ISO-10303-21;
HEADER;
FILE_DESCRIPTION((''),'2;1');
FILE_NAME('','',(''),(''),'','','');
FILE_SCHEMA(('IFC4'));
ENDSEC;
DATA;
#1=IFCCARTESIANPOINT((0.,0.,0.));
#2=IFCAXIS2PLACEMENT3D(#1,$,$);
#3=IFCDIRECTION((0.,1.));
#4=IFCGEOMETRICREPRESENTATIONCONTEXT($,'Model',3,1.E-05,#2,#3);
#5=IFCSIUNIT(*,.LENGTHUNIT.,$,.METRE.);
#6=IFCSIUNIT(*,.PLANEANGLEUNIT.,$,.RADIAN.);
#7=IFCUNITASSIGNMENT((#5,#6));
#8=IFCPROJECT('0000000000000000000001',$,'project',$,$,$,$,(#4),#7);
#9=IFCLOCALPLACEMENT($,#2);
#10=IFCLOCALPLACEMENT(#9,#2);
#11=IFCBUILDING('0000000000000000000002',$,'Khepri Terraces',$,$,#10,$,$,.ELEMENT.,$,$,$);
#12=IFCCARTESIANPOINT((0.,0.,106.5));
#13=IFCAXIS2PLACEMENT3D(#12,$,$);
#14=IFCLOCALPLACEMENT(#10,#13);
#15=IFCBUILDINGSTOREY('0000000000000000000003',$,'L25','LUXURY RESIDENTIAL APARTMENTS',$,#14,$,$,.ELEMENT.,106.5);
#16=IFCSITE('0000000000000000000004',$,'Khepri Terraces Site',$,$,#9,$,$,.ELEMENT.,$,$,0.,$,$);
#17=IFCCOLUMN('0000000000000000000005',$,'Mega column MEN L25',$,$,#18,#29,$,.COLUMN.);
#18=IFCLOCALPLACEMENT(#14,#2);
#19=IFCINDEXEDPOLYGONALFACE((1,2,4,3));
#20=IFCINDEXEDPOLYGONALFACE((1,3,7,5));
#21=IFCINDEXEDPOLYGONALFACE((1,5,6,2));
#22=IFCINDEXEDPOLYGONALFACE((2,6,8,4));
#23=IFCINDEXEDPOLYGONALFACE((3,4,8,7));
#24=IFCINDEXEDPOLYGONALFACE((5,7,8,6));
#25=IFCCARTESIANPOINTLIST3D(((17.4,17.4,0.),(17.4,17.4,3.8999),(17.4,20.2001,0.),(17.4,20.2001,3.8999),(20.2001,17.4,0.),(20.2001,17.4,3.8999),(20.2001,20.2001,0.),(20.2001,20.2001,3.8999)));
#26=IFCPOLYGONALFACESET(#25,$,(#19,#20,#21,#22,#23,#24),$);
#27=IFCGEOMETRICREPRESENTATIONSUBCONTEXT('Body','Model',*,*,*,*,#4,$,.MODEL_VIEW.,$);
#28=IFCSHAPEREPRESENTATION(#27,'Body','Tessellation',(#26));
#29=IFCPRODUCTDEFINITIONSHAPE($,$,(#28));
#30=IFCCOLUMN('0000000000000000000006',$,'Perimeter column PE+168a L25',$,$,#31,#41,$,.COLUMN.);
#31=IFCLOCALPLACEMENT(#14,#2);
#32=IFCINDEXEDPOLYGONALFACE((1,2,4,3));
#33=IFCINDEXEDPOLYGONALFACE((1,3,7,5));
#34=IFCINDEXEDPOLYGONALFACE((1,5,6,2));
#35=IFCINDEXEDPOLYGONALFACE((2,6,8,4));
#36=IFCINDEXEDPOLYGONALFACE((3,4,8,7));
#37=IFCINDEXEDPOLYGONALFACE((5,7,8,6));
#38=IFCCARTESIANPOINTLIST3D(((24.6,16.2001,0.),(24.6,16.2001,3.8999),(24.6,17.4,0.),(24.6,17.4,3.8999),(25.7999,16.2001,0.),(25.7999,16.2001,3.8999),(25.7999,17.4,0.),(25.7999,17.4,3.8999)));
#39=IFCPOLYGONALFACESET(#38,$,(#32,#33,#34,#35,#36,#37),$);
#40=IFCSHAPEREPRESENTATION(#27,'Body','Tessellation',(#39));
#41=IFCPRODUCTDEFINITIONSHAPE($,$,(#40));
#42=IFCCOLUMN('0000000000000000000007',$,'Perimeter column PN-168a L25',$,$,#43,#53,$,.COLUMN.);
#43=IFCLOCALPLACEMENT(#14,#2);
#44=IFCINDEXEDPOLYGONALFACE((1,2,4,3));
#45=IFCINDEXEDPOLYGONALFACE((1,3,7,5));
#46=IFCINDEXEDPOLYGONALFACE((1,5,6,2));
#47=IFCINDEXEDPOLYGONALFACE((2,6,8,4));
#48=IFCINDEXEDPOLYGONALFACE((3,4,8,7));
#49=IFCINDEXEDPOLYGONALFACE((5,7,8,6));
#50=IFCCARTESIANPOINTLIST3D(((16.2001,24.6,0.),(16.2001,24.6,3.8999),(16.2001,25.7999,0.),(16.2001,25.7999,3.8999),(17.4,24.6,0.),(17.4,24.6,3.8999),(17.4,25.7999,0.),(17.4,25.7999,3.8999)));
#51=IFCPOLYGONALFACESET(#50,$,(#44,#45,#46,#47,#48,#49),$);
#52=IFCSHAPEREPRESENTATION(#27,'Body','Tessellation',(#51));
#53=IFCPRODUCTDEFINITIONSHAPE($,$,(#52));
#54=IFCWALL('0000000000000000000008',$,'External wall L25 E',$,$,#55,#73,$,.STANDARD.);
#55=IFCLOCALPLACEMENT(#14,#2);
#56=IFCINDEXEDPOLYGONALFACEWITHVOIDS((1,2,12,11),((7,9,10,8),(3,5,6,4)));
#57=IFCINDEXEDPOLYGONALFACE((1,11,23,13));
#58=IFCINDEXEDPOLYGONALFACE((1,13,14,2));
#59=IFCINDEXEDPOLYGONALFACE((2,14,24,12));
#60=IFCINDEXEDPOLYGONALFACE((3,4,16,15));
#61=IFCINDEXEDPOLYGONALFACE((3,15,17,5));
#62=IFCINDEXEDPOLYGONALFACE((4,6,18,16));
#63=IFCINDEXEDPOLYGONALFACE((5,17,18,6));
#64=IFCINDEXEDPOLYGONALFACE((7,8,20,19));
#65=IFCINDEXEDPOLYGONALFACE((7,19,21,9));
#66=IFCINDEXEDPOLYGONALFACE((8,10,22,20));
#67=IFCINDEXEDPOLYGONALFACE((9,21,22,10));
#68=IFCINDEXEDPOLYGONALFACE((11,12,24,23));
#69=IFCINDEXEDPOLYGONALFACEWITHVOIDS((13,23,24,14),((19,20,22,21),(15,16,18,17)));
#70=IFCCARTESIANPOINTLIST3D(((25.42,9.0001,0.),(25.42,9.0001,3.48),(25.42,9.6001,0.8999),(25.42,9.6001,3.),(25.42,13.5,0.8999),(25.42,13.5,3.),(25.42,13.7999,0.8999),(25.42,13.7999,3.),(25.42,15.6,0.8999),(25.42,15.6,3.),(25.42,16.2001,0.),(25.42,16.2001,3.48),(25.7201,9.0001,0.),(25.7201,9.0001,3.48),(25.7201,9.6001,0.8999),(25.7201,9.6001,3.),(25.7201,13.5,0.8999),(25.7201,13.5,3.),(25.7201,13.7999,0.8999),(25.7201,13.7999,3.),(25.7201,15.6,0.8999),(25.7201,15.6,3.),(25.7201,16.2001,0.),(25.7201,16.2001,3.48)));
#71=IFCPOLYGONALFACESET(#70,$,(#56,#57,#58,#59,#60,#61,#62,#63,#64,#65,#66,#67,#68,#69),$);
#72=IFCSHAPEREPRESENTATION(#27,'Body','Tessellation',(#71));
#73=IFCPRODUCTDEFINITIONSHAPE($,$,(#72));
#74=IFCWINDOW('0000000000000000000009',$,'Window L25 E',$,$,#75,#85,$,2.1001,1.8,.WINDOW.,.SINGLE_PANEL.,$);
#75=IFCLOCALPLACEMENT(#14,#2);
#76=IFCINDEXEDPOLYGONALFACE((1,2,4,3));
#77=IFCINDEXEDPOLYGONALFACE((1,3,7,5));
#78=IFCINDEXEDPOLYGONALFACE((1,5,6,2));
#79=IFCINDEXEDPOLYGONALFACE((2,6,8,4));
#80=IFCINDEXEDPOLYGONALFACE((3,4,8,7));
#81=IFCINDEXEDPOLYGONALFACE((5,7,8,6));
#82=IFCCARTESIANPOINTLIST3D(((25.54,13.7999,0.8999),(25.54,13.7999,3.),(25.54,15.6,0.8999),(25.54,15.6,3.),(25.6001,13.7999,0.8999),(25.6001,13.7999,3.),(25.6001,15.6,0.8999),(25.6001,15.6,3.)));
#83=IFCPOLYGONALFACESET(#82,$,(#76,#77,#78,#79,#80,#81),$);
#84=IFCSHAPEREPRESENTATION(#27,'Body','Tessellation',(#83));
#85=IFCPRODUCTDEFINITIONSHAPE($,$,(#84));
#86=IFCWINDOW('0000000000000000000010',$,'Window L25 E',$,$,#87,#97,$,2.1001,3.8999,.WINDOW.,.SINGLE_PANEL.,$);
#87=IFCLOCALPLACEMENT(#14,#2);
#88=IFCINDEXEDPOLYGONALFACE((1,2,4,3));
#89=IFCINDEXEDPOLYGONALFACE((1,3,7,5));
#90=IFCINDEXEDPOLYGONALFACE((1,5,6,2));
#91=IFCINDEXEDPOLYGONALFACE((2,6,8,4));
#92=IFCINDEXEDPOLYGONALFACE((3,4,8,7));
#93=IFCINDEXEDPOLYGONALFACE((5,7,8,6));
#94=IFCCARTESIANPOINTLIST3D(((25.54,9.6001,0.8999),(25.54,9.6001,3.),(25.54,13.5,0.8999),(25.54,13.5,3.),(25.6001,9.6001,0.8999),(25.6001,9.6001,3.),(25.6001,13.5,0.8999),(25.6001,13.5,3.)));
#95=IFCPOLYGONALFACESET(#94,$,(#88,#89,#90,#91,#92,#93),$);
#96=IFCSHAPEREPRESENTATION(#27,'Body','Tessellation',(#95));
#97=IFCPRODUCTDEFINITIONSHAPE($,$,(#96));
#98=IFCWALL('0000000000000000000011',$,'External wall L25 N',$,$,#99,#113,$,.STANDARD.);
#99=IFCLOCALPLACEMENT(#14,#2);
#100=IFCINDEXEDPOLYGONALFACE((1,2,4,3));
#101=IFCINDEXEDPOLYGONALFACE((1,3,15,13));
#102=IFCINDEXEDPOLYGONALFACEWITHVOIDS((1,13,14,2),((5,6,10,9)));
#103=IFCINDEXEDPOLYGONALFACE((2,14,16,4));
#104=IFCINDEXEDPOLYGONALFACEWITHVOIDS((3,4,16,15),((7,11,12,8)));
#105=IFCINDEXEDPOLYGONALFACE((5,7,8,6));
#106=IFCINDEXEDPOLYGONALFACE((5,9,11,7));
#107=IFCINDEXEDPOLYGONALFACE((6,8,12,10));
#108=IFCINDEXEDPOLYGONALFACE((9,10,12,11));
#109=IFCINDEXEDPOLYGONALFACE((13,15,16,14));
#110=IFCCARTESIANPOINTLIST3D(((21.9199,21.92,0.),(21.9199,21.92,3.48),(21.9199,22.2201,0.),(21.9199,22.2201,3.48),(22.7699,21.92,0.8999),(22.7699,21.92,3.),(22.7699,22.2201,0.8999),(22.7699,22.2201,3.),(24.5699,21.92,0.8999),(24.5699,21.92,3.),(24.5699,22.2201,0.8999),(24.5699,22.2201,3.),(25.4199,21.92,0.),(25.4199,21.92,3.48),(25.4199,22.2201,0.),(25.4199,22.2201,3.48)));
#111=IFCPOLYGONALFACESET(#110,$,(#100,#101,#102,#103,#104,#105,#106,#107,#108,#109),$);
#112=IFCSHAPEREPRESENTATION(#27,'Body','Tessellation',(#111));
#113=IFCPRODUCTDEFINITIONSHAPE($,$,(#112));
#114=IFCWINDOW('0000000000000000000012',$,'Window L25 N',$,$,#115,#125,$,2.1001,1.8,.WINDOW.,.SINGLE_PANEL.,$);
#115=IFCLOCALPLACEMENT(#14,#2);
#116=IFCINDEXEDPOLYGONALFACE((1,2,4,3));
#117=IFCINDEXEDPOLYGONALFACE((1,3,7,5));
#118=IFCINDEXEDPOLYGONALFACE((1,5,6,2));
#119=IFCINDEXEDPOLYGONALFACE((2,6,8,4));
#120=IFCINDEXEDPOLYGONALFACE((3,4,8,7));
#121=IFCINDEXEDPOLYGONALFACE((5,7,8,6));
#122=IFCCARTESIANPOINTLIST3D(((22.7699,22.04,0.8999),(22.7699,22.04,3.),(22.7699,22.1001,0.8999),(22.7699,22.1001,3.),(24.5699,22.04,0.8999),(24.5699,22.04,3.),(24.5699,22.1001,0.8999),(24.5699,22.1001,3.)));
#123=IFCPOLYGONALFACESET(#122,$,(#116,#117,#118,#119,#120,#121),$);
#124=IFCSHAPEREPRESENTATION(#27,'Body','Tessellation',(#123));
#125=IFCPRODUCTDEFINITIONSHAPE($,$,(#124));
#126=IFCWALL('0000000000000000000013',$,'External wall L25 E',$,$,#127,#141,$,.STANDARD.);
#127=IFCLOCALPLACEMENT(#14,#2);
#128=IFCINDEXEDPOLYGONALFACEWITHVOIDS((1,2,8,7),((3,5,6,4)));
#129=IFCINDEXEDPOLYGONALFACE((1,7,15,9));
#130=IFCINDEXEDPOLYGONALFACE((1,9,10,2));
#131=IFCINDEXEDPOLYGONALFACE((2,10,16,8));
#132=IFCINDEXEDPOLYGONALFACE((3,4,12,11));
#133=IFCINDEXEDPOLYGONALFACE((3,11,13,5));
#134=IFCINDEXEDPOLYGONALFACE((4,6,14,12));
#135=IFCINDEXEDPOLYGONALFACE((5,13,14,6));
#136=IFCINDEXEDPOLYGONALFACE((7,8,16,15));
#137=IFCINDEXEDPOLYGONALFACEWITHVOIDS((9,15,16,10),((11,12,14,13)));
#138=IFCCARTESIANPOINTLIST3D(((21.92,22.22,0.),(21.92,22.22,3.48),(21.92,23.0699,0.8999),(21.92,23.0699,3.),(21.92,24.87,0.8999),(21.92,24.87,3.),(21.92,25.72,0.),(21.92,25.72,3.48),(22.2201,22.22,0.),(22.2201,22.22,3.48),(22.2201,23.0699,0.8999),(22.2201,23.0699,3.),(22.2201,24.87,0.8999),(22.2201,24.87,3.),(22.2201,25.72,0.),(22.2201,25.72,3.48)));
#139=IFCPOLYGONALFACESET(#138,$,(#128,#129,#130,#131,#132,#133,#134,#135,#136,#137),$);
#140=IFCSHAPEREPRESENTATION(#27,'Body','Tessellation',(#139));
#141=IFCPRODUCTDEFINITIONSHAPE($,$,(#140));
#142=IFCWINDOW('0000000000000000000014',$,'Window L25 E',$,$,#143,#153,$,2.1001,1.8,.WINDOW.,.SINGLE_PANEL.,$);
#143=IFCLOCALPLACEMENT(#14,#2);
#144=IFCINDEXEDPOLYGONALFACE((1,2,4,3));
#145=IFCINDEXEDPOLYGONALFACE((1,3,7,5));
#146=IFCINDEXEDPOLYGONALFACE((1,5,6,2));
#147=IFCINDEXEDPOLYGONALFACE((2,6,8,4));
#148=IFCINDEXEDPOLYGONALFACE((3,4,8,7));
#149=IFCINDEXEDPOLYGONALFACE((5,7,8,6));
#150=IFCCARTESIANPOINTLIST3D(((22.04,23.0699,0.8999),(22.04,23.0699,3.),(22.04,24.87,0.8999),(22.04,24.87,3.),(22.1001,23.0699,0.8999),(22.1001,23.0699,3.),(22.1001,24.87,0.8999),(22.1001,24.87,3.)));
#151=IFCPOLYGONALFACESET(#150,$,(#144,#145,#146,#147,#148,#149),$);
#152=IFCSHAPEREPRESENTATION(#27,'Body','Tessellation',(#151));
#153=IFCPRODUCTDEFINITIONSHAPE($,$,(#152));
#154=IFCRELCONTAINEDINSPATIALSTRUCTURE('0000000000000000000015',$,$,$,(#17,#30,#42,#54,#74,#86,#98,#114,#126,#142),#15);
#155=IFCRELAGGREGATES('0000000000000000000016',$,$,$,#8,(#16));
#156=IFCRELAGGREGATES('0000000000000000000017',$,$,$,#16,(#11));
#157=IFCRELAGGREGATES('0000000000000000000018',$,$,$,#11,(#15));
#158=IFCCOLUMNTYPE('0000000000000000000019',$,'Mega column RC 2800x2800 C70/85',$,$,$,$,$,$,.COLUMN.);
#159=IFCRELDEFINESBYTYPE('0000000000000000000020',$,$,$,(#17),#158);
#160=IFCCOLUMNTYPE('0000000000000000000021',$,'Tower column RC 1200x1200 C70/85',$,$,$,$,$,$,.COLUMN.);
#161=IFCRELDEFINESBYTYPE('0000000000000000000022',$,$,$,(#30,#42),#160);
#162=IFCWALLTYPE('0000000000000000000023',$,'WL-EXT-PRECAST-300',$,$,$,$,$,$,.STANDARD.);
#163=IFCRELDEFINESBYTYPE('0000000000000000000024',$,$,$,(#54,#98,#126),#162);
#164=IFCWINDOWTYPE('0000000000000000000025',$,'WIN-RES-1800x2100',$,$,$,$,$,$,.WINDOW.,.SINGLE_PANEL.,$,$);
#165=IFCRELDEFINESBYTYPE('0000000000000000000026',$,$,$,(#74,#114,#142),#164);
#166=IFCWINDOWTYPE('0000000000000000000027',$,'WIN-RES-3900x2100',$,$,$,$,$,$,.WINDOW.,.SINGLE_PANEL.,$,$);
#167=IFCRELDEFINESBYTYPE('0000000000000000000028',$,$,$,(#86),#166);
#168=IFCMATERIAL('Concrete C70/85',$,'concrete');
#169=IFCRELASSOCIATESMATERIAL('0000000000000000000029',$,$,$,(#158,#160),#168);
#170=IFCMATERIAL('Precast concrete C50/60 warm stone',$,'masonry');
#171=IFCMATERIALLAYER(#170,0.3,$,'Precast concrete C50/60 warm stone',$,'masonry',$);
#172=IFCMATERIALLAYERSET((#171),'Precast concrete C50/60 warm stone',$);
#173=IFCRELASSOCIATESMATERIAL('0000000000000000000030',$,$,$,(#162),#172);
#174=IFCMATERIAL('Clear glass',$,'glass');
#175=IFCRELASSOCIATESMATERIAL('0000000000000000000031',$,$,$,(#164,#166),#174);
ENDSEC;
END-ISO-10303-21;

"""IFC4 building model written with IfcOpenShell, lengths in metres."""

from ifc_helpers import new_model, si_unit, direction, frame, frame_2d, origin, origin_2d, place, context, subcontext, project, spatial, rectangle, extrude, material, layer, layer_set, material_profile, profile_set, type_object, element, fill, save


model = new_model("IFC4")

# Units and contexts
model_context = context("Model", 3, precision=1e-05, world=origin(), true_north=direction((0.0, 1.0)))
body_context = subcontext(model_context, "Body", "Model", "MODEL_VIEW")
ifc_project = project(units=[si_unit("LENGTHUNIT", "METRE"), si_unit("PLANEANGLEUNIT", "RADIAN")], contexts=[model_context])

# Site, building, storey
site_placement = place(None, origin())
site = spatial("IfcSite", under=ifc_project, at=site_placement, Name="Khepri Terraces Site", CompositionType="ELEMENT", RefElevation=0.0)
building_placement = place(site_placement, origin())
building = spatial("IfcBuilding", under=site, at=building_placement, Name="Khepri Terraces", CompositionType="ELEMENT")
storey_placement = place(building_placement, frame((0.0, 0.0, 106.5)))
storey = spatial("IfcBuildingStorey", under=building, at=storey_placement, Name="L25", Description="LUXURY RESIDENTIAL APARTMENTS", CompositionType="ELEMENT", Elevation=106.5)

# Columns
ifc_material_1 = material(Name="Concrete C70/85", Category="concrete")
ifc_material_profile_1 = material_profile(ifc_material_1, rectangle(XDim=2.8, YDim=2.8, at=origin_2d()), Name="Concrete C70/85", Category="concrete")
ifc_profile_set_1 = profile_set([ifc_material_profile_1], Name="Concrete C70/85")
column_type_1 = type_object("IfcColumnType", Name="Mega column RC 2800x2800 C70/85", PredefinedType="COLUMN", material=ifc_profile_set_1)
column_placement = place(storey_placement, frame((18.8, 18.8, 0.0), z_axis=(0.0, 0.0, 1.0), x_axis=(1.0, 0.0, 0.0)))
element("IfcColumn", 1, at=column_placement, inside=storey, type_object=column_type_1, Name="Mega column MEN L25", PredefinedType="COLUMN", context=body_context, shape_type="SweptSolid", body=[
    extrude(rectangle(XDim=2.8, YDim=2.8, at=origin_2d()), origin(), (0.0, 0.0, 1.0), 3.8999),
])
ifc_material_profile_2 = material_profile(ifc_material_1, rectangle(XDim=1.2, YDim=1.2, at=origin_2d()), Name="Concrete C70/85", Category="concrete")
ifc_profile_set_2 = profile_set([ifc_material_profile_2], Name="Concrete C70/85")
column_type_2 = type_object("IfcColumnType", Name="Tower column RC 1200x1200 C70/85", PredefinedType="COLUMN", material=ifc_profile_set_2)
for number, where, z_axis, x_axis, name in (
    (2, (25.2, 16.8, 0.0), (0.0, 0.0, 1.0), (1.0, 0.0, 0.0), "Perimeter column PE+168a L25"),
    (3, (16.8, 25.2, 0.0), (0.0, 0.0, 1.0), (1.0, 0.0, 0.0), "Perimeter column PN-168a L25"),
):
    element("IfcColumn", number, at=place(storey_placement, frame(where, z_axis=z_axis, x_axis=x_axis)), inside=storey, type_object=column_type_2, Name=name, PredefinedType="COLUMN", context=body_context, shape_type="SweptSolid", body=[
        extrude(rectangle(XDim=1.2, YDim=1.2, at=origin_2d()), origin(), (0.0, 0.0, 1.0), 3.8999),
    ])

# Wall, openings, windows
ifc_material_2 = material(Name="Precast concrete C50/60 warm stone", Category="masonry")
ifc_layer_1 = layer(ifc_material_2, 0.3, Name="Precast concrete C50/60 warm stone", Category="masonry")
ifc_layer_set_1 = layer_set([ifc_layer_1], Name="Precast concrete C50/60 warm stone")
wall_type_1 = type_object("IfcWallType", Name="WL-EXT-PRECAST-300", PredefinedType="STANDARD", material=ifc_layer_set_1)
wall_1_placement = place(storey_placement, frame((25.5701, 9.0, 0.0), z_axis=(0.0, 0.0, 1.0), x_axis=(0.0, 1.0, 0.0)))
wall_1 = element("IfcWall", 4, at=wall_1_placement, inside=storey, type_object=wall_type_1, Name="External wall L25 E", PredefinedType="STANDARD", context=body_context, shape_type="SweptSolid", body=[
    extrude(rectangle(XDim=7.2, YDim=0.3, at=frame_2d((3.6001, 0.0))), origin(), (0.0, 0.0, 1.0), 3.48),
])
opening_1_placement = place(wall_1_placement, frame((0.6001, 0.0, 0.8999)))
opening_1 = element("IfcOpeningElement", 5, at=opening_1_placement, cuts=wall_1, PredefinedType="OPENING", context=body_context, shape_type="SweptSolid", body=[
    extrude(rectangle(XDim=3.8999, YDim=2.1001, at=frame_2d((1.95, 1.05))), frame((0.0, 0.1602, 0.0), z_axis=(0.0, -1.0, 0.0), x_axis=(1.0, 0.0, 0.0)), (0.0, 0.0, 1.0), 0.3201),
])
opening_2_placement = place(wall_1_placement, frame((4.8, 0.0, 0.8999)))
opening_2 = element("IfcOpeningElement", 6, at=opening_2_placement, cuts=wall_1, PredefinedType="OPENING", context=body_context, shape_type="SweptSolid", body=[
    extrude(rectangle(XDim=1.8, YDim=2.1001, at=frame_2d((0.8999, 1.05))), frame((0.0, 0.1602, 0.0), z_axis=(0.0, -1.0, 0.0), x_axis=(1.0, 0.0, 0.0)), (0.0, 0.0, 1.0), 0.3201),
])
ifc_material_3 = material(Name="Clear glass", Category="glass")
window_type_1 = type_object("IfcWindowType", Name="WIN-RES-1800x2100", PartitioningType="SINGLE_PANEL", PredefinedType="WINDOW", material=ifc_material_3)
window_1_placement = place(opening_2_placement, origin())
window_1 = element("IfcWindow", 7, at=window_1_placement, inside=storey, type_object=window_type_1, Name="Window L25 E", OverallHeight=2.1001, OverallWidth=1.8, PartitioningType="SINGLE_PANEL", PredefinedType="WINDOW", context=body_context, shape_type="SweptSolid", body=[
    extrude(rectangle(XDim=1.8, YDim=2.1001, at=frame_2d((0.8999, 1.05))), frame((0.0, 0.03, 0.0), z_axis=(0.0, -1.0, 0.0), x_axis=(1.0, 0.0, 0.0)), (0.0, 0.0, 1.0), 0.0601),
])
fill(opening_2, window_1)
window_type_2 = type_object("IfcWindowType", Name="WIN-RES-3900x2100", PartitioningType="SINGLE_PANEL", PredefinedType="WINDOW", material=ifc_material_3)
window_2_placement = place(opening_1_placement, origin())
window_2 = element("IfcWindow", 8, at=window_2_placement, inside=storey, type_object=window_type_2, Name="Window L25 E", OverallHeight=2.1001, OverallWidth=3.8999, PartitioningType="SINGLE_PANEL", PredefinedType="WINDOW", context=body_context, shape_type="SweptSolid", body=[
    extrude(rectangle(XDim=3.8999, YDim=2.1001, at=frame_2d((1.95, 1.05))), frame((0.0, 0.03, 0.0), z_axis=(0.0, -1.0, 0.0), x_axis=(1.0, 0.0, 0.0)), (0.0, 0.0, 1.0), 0.0601),
])
fill(opening_1, window_2)

# Walls, openings, windows
wall_2_placement = place(storey_placement, frame((25.4199, 22.0701, 0.0), z_axis=(0.0, 0.0, 1.0), x_axis=(-1.0, 0.0, 0.0)))
wall_2 = element("IfcWall", 9, at=wall_2_placement, inside=storey, type_object=wall_type_1, Name="External wall L25 N", PredefinedType="STANDARD", context=body_context, shape_type="SweptSolid", body=[
    extrude(rectangle(XDim=3.5, YDim=0.3, at=frame_2d((1.75, 0.0))), origin(), (0.0, 0.0, 1.0), 3.48),
])
opening_3_placement = place(wall_2_placement, frame((0.8501, 0.0, 0.8999)))
opening_3 = element("IfcOpeningElement", 10, at=opening_3_placement, cuts=wall_2, PredefinedType="OPENING", context=body_context, shape_type="SweptSolid", body=[
    extrude(rectangle(XDim=1.8, YDim=2.1001, at=frame_2d((0.8999, 1.05))), frame((0.0, 0.1602, 0.0), z_axis=(0.0, -1.0, 0.0), x_axis=(1.0, 0.0, 0.0)), (0.0, 0.0, 1.0), 0.3201),
])
window_3_placement = place(opening_3_placement, origin())
window_3 = element("IfcWindow", 11, at=window_3_placement, inside=storey, type_object=window_type_1, Name="Window L25 N", OverallHeight=2.1001, OverallWidth=1.8, PartitioningType="SINGLE_PANEL", PredefinedType="WINDOW", context=body_context, shape_type="SweptSolid", body=[
    extrude(rectangle(XDim=1.8, YDim=2.1001, at=frame_2d((0.8999, 1.05))), frame((0.0, 0.03, 0.0), z_axis=(0.0, -1.0, 0.0), x_axis=(1.0, 0.0, 0.0)), (0.0, 0.0, 1.0), 0.0601),
])
fill(opening_3, window_3)
wall_3_placement = place(storey_placement, frame((22.0701, 22.22, 0.0), z_axis=(0.0, 0.0, 1.0), x_axis=(0.0, 1.0, 0.0)))
wall_3 = element("IfcWall", 12, at=wall_3_placement, inside=storey, type_object=wall_type_1, Name="External wall L25 E", PredefinedType="STANDARD", context=body_context, shape_type="SweptSolid", body=[
    extrude(rectangle(XDim=3.5, YDim=0.3, at=frame_2d((1.75, 0.0))), origin(), (0.0, 0.0, 1.0), 3.48),
])
opening_4_placement = place(wall_3_placement, frame((0.8501, 0.0, 0.8999)))
opening_4 = element("IfcOpeningElement", 13, at=opening_4_placement, cuts=wall_3, PredefinedType="OPENING", context=body_context, shape_type="SweptSolid", body=[
    extrude(rectangle(XDim=1.8, YDim=2.1001, at=frame_2d((0.8999, 1.05))), frame((0.0, 0.1602, 0.0), z_axis=(0.0, -1.0, 0.0), x_axis=(1.0, 0.0, 0.0)), (0.0, 0.0, 1.0), 0.3201),
])
window_4_placement = place(opening_4_placement, origin())
window_4 = element("IfcWindow", 14, at=window_4_placement, inside=storey, type_object=window_type_1, Name="Window L25 E", OverallHeight=2.1001, OverallWidth=1.8, PartitioningType="SINGLE_PANEL", PredefinedType="WINDOW", context=body_context, shape_type="SweptSolid", body=[
    extrude(rectangle(XDim=1.8, YDim=2.1001, at=frame_2d((0.8999, 1.05))), frame((0.0, 0.03, 0.0), z_axis=(0.0, -1.0, 0.0), x_axis=(1.0, 0.0, 0.0)), (0.0, 0.0, 1.0), 0.0601),
])
fill(opening_4, window_4)

save(model, "model.ifc")
